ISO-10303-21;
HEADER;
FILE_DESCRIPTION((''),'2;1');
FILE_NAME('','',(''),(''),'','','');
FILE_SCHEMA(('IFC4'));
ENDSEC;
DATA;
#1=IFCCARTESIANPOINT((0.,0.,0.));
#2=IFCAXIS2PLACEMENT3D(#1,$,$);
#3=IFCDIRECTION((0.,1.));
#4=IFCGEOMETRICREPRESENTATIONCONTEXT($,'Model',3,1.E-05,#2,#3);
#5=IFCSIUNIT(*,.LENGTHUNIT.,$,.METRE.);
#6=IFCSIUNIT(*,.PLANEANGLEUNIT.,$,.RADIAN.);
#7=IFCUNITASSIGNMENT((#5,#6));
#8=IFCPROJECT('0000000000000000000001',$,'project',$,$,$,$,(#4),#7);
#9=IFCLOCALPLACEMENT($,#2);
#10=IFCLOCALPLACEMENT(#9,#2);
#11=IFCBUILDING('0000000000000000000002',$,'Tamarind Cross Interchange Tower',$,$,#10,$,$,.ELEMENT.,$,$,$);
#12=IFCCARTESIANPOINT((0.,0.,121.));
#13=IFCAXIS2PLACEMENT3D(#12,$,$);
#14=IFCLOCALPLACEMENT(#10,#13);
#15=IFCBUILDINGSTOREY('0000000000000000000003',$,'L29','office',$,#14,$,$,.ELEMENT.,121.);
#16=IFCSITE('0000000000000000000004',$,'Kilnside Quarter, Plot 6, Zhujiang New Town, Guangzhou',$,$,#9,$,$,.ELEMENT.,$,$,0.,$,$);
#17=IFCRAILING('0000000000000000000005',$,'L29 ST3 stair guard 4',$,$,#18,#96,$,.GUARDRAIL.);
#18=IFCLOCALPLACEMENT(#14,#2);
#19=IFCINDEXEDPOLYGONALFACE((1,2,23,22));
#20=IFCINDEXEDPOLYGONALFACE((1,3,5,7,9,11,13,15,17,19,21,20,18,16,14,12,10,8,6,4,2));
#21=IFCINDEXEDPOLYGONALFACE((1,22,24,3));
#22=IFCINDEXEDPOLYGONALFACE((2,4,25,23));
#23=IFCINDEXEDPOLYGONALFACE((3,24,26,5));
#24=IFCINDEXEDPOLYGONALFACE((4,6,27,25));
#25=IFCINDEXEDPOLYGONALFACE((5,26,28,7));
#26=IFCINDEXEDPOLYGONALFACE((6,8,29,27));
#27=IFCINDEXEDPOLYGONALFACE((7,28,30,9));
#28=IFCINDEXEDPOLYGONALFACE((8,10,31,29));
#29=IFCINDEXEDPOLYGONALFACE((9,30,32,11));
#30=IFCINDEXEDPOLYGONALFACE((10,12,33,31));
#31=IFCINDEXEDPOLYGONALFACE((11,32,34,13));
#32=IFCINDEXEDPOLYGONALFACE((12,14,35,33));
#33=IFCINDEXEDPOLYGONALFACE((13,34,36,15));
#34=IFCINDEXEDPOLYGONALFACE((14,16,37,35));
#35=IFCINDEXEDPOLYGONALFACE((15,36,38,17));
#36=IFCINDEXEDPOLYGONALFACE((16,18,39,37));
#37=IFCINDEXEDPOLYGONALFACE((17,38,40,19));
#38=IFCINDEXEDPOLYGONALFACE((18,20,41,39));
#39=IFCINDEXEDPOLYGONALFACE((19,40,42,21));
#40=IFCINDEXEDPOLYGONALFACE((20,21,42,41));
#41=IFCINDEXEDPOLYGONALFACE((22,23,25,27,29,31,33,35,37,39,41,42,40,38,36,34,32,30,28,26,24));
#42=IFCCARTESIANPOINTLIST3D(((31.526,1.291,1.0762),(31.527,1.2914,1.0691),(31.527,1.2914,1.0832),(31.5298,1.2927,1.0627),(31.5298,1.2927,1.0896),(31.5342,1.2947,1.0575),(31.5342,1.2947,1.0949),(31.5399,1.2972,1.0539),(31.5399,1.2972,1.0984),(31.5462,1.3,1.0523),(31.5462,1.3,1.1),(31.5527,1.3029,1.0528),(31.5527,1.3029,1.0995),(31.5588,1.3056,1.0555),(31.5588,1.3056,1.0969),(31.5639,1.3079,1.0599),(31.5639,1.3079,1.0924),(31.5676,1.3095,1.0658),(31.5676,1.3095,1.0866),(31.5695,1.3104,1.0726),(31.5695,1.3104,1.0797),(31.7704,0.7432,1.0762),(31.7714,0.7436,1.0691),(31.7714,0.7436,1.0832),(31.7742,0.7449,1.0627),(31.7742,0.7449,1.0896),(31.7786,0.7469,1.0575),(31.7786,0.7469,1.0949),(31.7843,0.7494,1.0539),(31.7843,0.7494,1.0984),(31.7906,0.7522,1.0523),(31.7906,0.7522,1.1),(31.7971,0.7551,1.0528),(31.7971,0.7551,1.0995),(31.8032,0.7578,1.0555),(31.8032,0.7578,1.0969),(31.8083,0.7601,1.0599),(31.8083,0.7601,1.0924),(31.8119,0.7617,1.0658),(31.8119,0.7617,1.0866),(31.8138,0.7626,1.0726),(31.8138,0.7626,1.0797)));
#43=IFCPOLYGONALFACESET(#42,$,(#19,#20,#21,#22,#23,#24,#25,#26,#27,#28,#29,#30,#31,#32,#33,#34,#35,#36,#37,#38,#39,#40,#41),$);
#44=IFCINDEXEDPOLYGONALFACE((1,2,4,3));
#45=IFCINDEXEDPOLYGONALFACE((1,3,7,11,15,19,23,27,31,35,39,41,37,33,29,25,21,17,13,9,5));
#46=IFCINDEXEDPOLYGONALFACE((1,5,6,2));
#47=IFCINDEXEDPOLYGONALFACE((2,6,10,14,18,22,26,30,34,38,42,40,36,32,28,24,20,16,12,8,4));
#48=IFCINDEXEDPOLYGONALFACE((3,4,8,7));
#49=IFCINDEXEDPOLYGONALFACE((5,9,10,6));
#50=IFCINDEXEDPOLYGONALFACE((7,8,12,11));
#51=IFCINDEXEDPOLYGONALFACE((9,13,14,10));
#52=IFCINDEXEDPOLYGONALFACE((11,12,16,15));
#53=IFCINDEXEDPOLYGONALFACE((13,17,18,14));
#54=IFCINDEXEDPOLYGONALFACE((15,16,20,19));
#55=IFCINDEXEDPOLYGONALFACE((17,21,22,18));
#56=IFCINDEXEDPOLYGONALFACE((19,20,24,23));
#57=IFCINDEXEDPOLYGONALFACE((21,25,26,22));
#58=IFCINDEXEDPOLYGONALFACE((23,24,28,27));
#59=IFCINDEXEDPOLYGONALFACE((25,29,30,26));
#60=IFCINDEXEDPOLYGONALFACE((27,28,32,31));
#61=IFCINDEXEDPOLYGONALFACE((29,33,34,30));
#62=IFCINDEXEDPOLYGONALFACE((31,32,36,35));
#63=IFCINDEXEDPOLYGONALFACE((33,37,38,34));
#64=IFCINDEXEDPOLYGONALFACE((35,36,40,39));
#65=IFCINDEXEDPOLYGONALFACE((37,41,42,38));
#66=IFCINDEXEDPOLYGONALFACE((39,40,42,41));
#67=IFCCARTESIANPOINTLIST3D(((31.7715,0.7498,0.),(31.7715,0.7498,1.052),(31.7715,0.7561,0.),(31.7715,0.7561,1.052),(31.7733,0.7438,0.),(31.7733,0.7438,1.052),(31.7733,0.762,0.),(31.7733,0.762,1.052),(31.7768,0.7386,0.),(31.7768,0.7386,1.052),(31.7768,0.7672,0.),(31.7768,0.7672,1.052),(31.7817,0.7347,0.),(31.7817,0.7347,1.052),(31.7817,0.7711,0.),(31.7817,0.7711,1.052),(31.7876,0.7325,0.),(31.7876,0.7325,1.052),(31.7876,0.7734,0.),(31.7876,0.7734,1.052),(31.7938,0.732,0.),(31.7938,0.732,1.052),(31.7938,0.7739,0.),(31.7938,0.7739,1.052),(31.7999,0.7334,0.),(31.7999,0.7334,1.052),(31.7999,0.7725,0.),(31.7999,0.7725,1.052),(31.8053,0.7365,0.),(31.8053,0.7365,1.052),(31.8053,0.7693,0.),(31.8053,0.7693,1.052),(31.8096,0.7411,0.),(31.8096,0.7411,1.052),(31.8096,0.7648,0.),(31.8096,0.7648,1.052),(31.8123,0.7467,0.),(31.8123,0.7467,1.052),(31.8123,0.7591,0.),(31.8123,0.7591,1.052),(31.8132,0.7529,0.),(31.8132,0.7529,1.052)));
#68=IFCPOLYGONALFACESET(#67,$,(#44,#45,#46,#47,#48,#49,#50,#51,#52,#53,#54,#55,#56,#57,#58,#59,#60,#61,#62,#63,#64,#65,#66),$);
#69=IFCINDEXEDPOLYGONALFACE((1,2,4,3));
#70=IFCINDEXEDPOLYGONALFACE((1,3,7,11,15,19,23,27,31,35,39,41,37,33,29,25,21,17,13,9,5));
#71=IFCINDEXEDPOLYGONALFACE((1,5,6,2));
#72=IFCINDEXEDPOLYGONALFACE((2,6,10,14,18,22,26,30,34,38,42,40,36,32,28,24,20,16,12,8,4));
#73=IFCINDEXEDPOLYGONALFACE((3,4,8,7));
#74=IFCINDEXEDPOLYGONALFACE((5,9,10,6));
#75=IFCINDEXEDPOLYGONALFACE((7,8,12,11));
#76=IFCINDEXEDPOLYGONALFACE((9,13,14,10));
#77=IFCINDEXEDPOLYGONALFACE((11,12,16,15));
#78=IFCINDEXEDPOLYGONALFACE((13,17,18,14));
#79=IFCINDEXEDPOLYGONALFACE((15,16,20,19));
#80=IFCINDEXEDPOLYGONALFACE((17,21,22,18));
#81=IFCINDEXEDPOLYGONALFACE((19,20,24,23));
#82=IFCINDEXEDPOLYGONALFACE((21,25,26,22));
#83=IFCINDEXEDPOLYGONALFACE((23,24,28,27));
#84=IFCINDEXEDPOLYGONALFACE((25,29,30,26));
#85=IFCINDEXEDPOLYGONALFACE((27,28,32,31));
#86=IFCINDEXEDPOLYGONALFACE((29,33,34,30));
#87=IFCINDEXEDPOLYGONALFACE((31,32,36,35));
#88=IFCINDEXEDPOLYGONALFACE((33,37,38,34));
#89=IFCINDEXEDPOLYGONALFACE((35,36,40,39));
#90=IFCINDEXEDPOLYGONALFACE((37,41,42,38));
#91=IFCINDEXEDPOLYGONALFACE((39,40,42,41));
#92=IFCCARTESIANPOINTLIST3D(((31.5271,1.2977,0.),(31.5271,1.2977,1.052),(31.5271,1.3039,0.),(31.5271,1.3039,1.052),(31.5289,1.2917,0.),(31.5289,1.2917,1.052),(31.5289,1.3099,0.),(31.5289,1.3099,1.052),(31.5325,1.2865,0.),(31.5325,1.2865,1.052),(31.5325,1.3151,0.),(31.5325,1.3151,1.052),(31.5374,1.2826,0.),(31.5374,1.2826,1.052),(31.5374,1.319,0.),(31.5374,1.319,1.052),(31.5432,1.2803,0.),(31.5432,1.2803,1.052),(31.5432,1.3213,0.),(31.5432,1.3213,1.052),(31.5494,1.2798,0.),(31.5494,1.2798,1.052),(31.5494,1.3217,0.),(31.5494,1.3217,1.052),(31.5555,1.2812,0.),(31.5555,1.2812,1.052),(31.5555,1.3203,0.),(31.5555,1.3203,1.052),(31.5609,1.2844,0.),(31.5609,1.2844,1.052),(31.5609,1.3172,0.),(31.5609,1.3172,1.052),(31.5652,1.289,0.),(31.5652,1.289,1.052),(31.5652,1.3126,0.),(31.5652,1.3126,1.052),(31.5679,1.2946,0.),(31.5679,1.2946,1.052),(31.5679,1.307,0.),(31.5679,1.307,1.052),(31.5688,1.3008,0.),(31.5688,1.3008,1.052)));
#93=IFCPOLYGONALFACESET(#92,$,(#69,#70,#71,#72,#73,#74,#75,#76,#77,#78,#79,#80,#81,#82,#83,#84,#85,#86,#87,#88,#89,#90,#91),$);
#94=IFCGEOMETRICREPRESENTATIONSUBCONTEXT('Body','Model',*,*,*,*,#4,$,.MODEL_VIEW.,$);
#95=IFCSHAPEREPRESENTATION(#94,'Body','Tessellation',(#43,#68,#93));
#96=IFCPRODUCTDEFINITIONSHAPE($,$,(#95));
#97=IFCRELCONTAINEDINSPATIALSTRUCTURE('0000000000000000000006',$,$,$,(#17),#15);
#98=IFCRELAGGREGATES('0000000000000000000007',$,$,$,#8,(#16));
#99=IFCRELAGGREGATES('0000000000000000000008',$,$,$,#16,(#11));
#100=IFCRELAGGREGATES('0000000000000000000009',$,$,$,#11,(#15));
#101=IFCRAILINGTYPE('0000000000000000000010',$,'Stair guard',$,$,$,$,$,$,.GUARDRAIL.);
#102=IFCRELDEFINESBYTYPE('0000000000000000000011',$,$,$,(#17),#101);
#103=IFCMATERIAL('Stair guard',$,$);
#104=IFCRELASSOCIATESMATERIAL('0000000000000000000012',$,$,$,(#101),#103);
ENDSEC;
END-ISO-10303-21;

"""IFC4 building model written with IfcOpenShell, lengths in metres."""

from ifc_helpers import new_model, si_unit, direction, frame, origin, origin_2d, place, context, subcontext, project, spatial, circle, extrude, material, type_object, element, save


model = new_model("IFC4")

# Units and contexts
model_context = context("Model", 3, precision=1e-05, world=origin(), true_north=direction((0.0, 1.0)))
body_context = subcontext(model_context, "Body", "Model", "MODEL_VIEW")
ifc_project = project(units=[si_unit("LENGTHUNIT", "METRE"), si_unit("PLANEANGLEUNIT", "RADIAN")], contexts=[model_context])

# Site, building, storey
site_placement = place(None, origin())
site = spatial("IfcSite", under=ifc_project, at=site_placement, Name="Kilnside Quarter, Plot 6, Zhujiang New Town, Guangzhou", CompositionType="ELEMENT", RefElevation=0.0)
building_placement = place(site_placement, origin())
building = spatial("IfcBuilding", under=site, at=building_placement, Name="Tamarind Cross Interchange Tower", CompositionType="ELEMENT")
storey_placement = place(building_placement, frame((0.0, 0.0, 121.0)))
storey = spatial("IfcBuildingStorey", under=building, at=storey_placement, Name="L29", Description="office", CompositionType="ELEMENT", Elevation=121.0)

# Railing
ifc_material_1 = material(Name="Stair guard")
railing_type_1 = type_object("IfcRailingType", Name="Stair guard", PredefinedType="GUARDRAIL", material=ifc_material_1)
railing_1_placement = place(storey_placement, frame((31.7922, 0.7529, 0.0)))
element("IfcRailing", 1, at=railing_1_placement, inside=storey, type_object=railing_type_1, Name="L29 ST3 stair guard 4", PredefinedType="GUARDRAIL", context=body_context, shape_type="SweptSolid", body=[
    extrude(circle(Radius=0.0239, at=origin_2d()), frame((0.0, 0.0, 1.0762), z_axis=(-0.407384, 0.913257, 0.0), x_axis=(-0.913257, -0.407384, 0.0)), (0.0, 0.0, 1.0), 0.5999),
    extrude(circle(Radius=0.021, at=origin_2d()), origin(), (0.0, 0.0, 1.0), 1.052),
    extrude(circle(Radius=0.021, at=origin_2d()), frame((-0.2444, 0.5479, 0.0)), (0.0, 0.0, 1.0), 1.052),
])

save(model, "model.ifc")
